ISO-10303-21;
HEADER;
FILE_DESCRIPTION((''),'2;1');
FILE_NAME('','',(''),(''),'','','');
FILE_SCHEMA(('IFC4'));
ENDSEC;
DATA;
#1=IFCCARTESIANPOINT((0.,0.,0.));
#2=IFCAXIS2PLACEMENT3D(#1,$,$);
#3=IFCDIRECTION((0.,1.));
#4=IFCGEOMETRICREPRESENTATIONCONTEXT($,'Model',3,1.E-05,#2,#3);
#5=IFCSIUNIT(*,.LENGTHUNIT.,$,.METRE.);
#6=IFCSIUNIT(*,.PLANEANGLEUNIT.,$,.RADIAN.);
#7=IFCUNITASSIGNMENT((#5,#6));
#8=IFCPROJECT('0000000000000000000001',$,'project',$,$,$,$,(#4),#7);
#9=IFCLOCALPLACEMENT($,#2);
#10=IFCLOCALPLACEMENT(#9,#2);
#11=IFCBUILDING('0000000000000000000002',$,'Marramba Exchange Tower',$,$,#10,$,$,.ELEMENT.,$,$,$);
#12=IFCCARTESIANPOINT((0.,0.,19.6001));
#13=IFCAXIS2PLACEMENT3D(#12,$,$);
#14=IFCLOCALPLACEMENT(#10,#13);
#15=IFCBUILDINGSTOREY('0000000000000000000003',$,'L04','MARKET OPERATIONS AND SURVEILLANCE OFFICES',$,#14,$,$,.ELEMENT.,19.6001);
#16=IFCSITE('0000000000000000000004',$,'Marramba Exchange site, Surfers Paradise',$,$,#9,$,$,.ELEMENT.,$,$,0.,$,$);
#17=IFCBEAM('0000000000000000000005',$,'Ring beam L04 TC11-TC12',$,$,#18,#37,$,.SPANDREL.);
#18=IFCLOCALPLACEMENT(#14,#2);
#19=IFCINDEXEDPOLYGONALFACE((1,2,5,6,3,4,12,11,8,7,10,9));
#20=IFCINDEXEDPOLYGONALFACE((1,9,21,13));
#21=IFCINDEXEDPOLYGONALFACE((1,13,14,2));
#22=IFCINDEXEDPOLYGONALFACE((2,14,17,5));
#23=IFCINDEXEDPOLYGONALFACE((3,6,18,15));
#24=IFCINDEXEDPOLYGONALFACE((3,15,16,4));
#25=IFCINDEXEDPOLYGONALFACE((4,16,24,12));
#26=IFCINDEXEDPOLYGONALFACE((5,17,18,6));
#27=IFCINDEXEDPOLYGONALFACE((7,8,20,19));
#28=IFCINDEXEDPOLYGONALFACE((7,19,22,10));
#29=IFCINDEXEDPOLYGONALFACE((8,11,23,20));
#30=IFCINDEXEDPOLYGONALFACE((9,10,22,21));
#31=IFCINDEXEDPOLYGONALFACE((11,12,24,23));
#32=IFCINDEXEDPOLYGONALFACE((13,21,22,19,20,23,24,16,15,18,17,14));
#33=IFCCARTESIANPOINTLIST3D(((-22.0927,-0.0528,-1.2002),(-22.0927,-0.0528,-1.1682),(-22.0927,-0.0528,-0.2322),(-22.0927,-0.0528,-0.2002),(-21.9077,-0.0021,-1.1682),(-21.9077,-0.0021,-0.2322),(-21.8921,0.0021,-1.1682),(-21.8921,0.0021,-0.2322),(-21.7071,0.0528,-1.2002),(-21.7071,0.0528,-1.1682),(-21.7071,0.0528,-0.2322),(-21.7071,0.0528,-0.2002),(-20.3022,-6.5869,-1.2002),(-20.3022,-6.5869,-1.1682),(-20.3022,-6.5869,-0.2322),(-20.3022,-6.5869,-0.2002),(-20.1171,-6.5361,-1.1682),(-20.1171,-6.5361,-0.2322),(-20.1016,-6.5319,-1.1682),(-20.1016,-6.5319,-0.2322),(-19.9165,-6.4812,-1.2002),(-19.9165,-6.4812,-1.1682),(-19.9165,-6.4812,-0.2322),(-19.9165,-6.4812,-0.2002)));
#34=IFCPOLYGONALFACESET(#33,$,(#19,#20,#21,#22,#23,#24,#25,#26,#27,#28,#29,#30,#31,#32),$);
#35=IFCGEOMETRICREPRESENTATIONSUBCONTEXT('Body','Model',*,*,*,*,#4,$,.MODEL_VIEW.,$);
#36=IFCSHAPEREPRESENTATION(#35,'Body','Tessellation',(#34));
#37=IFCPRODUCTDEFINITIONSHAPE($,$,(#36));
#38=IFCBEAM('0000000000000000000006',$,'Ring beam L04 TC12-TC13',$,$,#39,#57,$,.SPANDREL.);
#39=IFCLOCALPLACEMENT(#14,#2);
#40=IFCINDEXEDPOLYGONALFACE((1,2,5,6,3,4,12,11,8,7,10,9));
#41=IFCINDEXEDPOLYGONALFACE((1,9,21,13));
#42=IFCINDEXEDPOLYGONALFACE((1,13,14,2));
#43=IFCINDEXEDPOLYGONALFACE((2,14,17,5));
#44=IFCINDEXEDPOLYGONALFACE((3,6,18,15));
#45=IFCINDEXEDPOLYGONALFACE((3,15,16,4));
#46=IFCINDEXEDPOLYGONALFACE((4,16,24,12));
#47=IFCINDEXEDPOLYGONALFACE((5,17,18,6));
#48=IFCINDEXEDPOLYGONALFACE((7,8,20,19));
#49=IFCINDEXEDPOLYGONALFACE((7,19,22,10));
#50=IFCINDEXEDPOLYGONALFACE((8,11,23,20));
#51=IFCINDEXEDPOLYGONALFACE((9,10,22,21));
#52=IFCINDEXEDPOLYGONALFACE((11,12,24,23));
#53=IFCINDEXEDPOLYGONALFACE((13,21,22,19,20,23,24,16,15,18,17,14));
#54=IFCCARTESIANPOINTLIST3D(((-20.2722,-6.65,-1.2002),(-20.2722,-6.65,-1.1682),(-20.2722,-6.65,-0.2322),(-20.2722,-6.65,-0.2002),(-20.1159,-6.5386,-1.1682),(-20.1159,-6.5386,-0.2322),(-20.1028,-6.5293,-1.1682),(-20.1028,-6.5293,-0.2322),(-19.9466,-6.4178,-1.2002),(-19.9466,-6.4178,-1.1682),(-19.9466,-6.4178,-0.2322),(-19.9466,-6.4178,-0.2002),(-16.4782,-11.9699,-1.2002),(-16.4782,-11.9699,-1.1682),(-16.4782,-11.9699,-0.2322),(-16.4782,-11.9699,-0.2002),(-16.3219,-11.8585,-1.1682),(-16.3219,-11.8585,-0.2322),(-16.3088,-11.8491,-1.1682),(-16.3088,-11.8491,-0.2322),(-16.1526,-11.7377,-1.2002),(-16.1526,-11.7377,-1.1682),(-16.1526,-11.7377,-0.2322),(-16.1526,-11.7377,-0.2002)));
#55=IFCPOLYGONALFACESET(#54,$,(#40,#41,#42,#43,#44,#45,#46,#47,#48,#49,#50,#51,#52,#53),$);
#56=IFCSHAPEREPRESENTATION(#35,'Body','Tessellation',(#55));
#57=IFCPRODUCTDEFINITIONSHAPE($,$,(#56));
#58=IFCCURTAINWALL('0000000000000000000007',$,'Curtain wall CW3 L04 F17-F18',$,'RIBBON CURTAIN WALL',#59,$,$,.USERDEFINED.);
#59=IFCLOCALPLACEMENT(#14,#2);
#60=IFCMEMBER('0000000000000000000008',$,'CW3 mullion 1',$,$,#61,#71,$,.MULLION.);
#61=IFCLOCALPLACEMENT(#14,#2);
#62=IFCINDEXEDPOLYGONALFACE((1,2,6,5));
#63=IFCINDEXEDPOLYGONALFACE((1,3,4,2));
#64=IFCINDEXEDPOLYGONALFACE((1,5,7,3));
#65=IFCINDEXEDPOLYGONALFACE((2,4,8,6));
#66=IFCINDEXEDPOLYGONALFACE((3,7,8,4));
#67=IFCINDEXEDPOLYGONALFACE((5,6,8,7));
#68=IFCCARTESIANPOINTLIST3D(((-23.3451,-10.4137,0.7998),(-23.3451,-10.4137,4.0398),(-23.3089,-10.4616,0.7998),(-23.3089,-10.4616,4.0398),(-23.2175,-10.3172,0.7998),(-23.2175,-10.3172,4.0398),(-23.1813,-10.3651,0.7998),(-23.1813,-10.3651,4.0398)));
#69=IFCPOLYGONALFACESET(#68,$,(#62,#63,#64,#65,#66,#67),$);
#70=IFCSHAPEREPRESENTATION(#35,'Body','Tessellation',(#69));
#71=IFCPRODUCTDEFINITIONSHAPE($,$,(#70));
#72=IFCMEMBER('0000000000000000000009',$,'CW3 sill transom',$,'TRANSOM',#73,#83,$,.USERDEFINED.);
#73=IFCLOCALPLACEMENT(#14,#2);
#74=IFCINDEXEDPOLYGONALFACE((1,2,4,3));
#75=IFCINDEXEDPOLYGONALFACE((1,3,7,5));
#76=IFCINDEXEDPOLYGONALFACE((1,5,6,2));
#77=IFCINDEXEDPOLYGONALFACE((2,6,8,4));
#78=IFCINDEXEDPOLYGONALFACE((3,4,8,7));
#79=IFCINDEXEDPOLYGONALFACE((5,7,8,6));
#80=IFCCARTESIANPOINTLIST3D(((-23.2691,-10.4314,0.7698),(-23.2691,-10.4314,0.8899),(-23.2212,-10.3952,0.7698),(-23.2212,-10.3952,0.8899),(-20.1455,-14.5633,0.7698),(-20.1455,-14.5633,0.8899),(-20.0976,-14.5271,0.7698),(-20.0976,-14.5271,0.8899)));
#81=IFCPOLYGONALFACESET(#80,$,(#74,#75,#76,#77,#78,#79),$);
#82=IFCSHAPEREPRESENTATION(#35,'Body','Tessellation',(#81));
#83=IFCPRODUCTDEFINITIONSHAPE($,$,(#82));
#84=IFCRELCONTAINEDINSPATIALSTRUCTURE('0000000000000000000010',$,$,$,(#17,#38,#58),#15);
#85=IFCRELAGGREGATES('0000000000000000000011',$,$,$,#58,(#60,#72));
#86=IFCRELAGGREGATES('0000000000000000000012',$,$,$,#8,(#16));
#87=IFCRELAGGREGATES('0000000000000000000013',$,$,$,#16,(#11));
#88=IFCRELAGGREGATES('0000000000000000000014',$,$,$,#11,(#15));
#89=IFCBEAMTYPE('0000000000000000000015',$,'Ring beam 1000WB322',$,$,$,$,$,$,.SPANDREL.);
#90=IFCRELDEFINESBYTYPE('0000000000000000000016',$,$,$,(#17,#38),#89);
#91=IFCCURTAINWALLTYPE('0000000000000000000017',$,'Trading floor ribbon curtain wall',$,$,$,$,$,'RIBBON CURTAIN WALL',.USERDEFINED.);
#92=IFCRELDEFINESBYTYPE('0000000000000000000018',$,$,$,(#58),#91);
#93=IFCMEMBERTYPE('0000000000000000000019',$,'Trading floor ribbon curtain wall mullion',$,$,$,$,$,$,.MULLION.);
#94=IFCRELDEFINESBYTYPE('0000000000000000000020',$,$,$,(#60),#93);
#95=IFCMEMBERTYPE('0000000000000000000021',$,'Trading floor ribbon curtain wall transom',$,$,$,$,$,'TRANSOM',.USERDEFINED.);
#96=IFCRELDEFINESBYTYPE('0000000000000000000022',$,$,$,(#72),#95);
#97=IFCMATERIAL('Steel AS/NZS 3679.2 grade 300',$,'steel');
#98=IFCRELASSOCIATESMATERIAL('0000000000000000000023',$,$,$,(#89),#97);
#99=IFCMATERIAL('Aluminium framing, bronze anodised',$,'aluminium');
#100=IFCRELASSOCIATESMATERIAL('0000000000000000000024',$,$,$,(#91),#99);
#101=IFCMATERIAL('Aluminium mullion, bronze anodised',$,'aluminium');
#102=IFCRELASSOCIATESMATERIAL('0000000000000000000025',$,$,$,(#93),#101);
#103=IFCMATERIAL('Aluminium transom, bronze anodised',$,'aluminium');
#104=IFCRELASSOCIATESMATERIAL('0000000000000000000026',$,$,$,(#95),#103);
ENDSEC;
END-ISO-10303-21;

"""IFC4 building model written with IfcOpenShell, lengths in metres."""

from ifc_helpers import new_model, si_unit, direction, frame, origin, origin_2d, place, context, subcontext, project, spatial, rectangle, i_section, extrude, material, material_profile, profile_set, type_object, element, aggregate, save


model = new_model("IFC4")

# Units and contexts
model_context = context("Model", 3, precision=1e-05, world=origin(), true_north=direction((0.0, 1.0)))
body_context = subcontext(model_context, "Body", "Model", "MODEL_VIEW")
ifc_project = project(units=[si_unit("LENGTHUNIT", "METRE"), si_unit("PLANEANGLEUNIT", "RADIAN")], contexts=[model_context])

# Site, building, storey
site_placement = place(None, origin())
site = spatial("IfcSite", under=ifc_project, at=site_placement, Name="Marramba Exchange site, Surfers Paradise", CompositionType="ELEMENT", RefElevation=0.0)
building_placement = place(site_placement, origin())
building = spatial("IfcBuilding", under=site, at=building_placement, Name="Marramba Exchange Tower", CompositionType="ELEMENT")
storey_placement = place(building_placement, frame((0.0, 0.0, 19.6001)))
storey = spatial("IfcBuildingStorey", under=building, at=storey_placement, Name="L04", Description="MARKET OPERATIONS AND SURVEILLANCE OFFICES", CompositionType="ELEMENT", Elevation=19.6001)

# Beams
ifc_material_1 = material(Name="Steel AS/NZS 3679.2 grade 300", Category="steel")
ifc_material_profile_1 = material_profile(ifc_material_1, i_section(OverallWidth=0.3999, OverallDepth=1.0, WebThickness=0.0161, FlangeThickness=0.032, at=origin_2d()), Name="1000WB322")
ifc_profile_set_1 = profile_set([ifc_material_profile_1], Name="Steel AS/NZS 3679.2 grade 300")
beam_type_1 = type_object("IfcBeamType", Name="Ring beam 1000WB322", PredefinedType="SPANDREL", material=ifc_profile_set_1)
beam_1_placement = place(storey_placement, frame((-21.8999, 0.0, -0.7002), z_axis=(0.264291, -0.964443, 0.0), x_axis=(0.964443, 0.264291, 0.0)))
element("IfcBeam", 1, at=beam_1_placement, inside=storey, type_object=beam_type_1, Name="Ring beam L04 TC11-TC12", PredefinedType="SPANDREL", context=body_context, shape_type="SweptSolid", body=[
    extrude(i_section(OverallWidth=0.3999, OverallDepth=1.0, WebThickness=0.0161, FlangeThickness=0.032, at=origin_2d()), origin(), (0.0, 0.0, 1.0), 6.7749),
])
beam_2_placement = place(storey_placement, frame((-20.1094, -6.5339, -0.7002), z_axis=(0.580637, -0.814162, 0.0), x_axis=(0.814162, 0.580637, 0.0)))
element("IfcBeam", 2, at=beam_2_placement, inside=storey, type_object=beam_type_1, Name="Ring beam L04 TC12-TC13", PredefinedType="SPANDREL", context=body_context, shape_type="SweptSolid", body=[
    extrude(i_section(OverallWidth=0.3999, OverallDepth=1.0, WebThickness=0.0161, FlangeThickness=0.032, at=origin_2d()), origin(), (0.0, 0.0, 1.0), 6.5342),
])

# Curtain wall, members
ifc_material_2 = material(Name="Aluminium framing, bronze anodised", Category="aluminium")
curtain_wall_type = type_object("IfcCurtainWallType", Name="Trading floor ribbon curtain wall", ElementType="RIBBON CURTAIN WALL", PredefinedType="USERDEFINED", material=ifc_material_2)
curtain_wall_placement = place(storey_placement, origin())
curtain_wall = element("IfcCurtainWall", 3, at=curtain_wall_placement, inside=storey, type_object=curtain_wall_type, Name="Curtain wall CW3 L04 F17-F18", ObjectType="RIBBON CURTAIN WALL", PredefinedType="USERDEFINED")
ifc_material_3 = material(Name="Aluminium mullion, bronze anodised", Category="aluminium")
ifc_material_profile_2 = material_profile(ifc_material_3, rectangle(XDim=0.1599, YDim=0.0601, at=origin_2d()), Name="CW3 mullion 60x160")
ifc_profile_set_2 = profile_set([ifc_material_profile_2], Name="Aluminium mullion, bronze anodised")
member_type_1 = type_object("IfcMemberType", Name="Trading floor ribbon curtain wall mullion", PredefinedType="MULLION", material=ifc_profile_set_2)
member_1_placement = place(storey_placement, frame((-23.2632, -10.3894, 0.7998), z_axis=(0.0, 0.0, 1.0), x_axis=(0.797711, 0.60304, 0.0)))
member_1 = element("IfcMember", 4, at=member_1_placement, type_object=member_type_1, Name="CW3 mullion 1", PredefinedType="MULLION", context=body_context, shape_type="SweptSolid", body=[
    extrude(rectangle(XDim=0.1599, YDim=0.0601, at=origin_2d()), origin(), (0.0, 0.0, 1.0), 3.24),
])
ifc_material_4 = material(Name="Aluminium transom, bronze anodised", Category="aluminium")
ifc_material_profile_3 = material_profile(ifc_material_4, rectangle(XDim=0.0601, YDim=0.1201, at=origin_2d()), Name="CW3 transom 60x120")
ifc_profile_set_3 = profile_set([ifc_material_profile_3], Name="Aluminium transom, bronze anodised")
member_type_2 = type_object("IfcMemberType", Name="Trading floor ribbon curtain wall transom", ElementType="TRANSOM", PredefinedType="USERDEFINED", material=ifc_profile_set_3)
member_2_placement = place(storey_placement, frame((-23.2451, -10.4133, 0.8298), z_axis=(0.603042, -0.797709, 0.0), x_axis=(0.797709, 0.603042, 0.0)))
member_2 = element("IfcMember", 5, at=member_2_placement, type_object=member_type_2, Name="CW3 sill transom", ObjectType="TRANSOM", PredefinedType="USERDEFINED", context=body_context, shape_type="SweptSolid", body=[
    extrude(rectangle(XDim=0.0601, YDim=0.1201, at=origin_2d()), origin(), (0.0, 0.0, 1.0), 5.1797),
])
aggregate(curtain_wall, [member_1, member_2])

save(model, "model.ifc")
